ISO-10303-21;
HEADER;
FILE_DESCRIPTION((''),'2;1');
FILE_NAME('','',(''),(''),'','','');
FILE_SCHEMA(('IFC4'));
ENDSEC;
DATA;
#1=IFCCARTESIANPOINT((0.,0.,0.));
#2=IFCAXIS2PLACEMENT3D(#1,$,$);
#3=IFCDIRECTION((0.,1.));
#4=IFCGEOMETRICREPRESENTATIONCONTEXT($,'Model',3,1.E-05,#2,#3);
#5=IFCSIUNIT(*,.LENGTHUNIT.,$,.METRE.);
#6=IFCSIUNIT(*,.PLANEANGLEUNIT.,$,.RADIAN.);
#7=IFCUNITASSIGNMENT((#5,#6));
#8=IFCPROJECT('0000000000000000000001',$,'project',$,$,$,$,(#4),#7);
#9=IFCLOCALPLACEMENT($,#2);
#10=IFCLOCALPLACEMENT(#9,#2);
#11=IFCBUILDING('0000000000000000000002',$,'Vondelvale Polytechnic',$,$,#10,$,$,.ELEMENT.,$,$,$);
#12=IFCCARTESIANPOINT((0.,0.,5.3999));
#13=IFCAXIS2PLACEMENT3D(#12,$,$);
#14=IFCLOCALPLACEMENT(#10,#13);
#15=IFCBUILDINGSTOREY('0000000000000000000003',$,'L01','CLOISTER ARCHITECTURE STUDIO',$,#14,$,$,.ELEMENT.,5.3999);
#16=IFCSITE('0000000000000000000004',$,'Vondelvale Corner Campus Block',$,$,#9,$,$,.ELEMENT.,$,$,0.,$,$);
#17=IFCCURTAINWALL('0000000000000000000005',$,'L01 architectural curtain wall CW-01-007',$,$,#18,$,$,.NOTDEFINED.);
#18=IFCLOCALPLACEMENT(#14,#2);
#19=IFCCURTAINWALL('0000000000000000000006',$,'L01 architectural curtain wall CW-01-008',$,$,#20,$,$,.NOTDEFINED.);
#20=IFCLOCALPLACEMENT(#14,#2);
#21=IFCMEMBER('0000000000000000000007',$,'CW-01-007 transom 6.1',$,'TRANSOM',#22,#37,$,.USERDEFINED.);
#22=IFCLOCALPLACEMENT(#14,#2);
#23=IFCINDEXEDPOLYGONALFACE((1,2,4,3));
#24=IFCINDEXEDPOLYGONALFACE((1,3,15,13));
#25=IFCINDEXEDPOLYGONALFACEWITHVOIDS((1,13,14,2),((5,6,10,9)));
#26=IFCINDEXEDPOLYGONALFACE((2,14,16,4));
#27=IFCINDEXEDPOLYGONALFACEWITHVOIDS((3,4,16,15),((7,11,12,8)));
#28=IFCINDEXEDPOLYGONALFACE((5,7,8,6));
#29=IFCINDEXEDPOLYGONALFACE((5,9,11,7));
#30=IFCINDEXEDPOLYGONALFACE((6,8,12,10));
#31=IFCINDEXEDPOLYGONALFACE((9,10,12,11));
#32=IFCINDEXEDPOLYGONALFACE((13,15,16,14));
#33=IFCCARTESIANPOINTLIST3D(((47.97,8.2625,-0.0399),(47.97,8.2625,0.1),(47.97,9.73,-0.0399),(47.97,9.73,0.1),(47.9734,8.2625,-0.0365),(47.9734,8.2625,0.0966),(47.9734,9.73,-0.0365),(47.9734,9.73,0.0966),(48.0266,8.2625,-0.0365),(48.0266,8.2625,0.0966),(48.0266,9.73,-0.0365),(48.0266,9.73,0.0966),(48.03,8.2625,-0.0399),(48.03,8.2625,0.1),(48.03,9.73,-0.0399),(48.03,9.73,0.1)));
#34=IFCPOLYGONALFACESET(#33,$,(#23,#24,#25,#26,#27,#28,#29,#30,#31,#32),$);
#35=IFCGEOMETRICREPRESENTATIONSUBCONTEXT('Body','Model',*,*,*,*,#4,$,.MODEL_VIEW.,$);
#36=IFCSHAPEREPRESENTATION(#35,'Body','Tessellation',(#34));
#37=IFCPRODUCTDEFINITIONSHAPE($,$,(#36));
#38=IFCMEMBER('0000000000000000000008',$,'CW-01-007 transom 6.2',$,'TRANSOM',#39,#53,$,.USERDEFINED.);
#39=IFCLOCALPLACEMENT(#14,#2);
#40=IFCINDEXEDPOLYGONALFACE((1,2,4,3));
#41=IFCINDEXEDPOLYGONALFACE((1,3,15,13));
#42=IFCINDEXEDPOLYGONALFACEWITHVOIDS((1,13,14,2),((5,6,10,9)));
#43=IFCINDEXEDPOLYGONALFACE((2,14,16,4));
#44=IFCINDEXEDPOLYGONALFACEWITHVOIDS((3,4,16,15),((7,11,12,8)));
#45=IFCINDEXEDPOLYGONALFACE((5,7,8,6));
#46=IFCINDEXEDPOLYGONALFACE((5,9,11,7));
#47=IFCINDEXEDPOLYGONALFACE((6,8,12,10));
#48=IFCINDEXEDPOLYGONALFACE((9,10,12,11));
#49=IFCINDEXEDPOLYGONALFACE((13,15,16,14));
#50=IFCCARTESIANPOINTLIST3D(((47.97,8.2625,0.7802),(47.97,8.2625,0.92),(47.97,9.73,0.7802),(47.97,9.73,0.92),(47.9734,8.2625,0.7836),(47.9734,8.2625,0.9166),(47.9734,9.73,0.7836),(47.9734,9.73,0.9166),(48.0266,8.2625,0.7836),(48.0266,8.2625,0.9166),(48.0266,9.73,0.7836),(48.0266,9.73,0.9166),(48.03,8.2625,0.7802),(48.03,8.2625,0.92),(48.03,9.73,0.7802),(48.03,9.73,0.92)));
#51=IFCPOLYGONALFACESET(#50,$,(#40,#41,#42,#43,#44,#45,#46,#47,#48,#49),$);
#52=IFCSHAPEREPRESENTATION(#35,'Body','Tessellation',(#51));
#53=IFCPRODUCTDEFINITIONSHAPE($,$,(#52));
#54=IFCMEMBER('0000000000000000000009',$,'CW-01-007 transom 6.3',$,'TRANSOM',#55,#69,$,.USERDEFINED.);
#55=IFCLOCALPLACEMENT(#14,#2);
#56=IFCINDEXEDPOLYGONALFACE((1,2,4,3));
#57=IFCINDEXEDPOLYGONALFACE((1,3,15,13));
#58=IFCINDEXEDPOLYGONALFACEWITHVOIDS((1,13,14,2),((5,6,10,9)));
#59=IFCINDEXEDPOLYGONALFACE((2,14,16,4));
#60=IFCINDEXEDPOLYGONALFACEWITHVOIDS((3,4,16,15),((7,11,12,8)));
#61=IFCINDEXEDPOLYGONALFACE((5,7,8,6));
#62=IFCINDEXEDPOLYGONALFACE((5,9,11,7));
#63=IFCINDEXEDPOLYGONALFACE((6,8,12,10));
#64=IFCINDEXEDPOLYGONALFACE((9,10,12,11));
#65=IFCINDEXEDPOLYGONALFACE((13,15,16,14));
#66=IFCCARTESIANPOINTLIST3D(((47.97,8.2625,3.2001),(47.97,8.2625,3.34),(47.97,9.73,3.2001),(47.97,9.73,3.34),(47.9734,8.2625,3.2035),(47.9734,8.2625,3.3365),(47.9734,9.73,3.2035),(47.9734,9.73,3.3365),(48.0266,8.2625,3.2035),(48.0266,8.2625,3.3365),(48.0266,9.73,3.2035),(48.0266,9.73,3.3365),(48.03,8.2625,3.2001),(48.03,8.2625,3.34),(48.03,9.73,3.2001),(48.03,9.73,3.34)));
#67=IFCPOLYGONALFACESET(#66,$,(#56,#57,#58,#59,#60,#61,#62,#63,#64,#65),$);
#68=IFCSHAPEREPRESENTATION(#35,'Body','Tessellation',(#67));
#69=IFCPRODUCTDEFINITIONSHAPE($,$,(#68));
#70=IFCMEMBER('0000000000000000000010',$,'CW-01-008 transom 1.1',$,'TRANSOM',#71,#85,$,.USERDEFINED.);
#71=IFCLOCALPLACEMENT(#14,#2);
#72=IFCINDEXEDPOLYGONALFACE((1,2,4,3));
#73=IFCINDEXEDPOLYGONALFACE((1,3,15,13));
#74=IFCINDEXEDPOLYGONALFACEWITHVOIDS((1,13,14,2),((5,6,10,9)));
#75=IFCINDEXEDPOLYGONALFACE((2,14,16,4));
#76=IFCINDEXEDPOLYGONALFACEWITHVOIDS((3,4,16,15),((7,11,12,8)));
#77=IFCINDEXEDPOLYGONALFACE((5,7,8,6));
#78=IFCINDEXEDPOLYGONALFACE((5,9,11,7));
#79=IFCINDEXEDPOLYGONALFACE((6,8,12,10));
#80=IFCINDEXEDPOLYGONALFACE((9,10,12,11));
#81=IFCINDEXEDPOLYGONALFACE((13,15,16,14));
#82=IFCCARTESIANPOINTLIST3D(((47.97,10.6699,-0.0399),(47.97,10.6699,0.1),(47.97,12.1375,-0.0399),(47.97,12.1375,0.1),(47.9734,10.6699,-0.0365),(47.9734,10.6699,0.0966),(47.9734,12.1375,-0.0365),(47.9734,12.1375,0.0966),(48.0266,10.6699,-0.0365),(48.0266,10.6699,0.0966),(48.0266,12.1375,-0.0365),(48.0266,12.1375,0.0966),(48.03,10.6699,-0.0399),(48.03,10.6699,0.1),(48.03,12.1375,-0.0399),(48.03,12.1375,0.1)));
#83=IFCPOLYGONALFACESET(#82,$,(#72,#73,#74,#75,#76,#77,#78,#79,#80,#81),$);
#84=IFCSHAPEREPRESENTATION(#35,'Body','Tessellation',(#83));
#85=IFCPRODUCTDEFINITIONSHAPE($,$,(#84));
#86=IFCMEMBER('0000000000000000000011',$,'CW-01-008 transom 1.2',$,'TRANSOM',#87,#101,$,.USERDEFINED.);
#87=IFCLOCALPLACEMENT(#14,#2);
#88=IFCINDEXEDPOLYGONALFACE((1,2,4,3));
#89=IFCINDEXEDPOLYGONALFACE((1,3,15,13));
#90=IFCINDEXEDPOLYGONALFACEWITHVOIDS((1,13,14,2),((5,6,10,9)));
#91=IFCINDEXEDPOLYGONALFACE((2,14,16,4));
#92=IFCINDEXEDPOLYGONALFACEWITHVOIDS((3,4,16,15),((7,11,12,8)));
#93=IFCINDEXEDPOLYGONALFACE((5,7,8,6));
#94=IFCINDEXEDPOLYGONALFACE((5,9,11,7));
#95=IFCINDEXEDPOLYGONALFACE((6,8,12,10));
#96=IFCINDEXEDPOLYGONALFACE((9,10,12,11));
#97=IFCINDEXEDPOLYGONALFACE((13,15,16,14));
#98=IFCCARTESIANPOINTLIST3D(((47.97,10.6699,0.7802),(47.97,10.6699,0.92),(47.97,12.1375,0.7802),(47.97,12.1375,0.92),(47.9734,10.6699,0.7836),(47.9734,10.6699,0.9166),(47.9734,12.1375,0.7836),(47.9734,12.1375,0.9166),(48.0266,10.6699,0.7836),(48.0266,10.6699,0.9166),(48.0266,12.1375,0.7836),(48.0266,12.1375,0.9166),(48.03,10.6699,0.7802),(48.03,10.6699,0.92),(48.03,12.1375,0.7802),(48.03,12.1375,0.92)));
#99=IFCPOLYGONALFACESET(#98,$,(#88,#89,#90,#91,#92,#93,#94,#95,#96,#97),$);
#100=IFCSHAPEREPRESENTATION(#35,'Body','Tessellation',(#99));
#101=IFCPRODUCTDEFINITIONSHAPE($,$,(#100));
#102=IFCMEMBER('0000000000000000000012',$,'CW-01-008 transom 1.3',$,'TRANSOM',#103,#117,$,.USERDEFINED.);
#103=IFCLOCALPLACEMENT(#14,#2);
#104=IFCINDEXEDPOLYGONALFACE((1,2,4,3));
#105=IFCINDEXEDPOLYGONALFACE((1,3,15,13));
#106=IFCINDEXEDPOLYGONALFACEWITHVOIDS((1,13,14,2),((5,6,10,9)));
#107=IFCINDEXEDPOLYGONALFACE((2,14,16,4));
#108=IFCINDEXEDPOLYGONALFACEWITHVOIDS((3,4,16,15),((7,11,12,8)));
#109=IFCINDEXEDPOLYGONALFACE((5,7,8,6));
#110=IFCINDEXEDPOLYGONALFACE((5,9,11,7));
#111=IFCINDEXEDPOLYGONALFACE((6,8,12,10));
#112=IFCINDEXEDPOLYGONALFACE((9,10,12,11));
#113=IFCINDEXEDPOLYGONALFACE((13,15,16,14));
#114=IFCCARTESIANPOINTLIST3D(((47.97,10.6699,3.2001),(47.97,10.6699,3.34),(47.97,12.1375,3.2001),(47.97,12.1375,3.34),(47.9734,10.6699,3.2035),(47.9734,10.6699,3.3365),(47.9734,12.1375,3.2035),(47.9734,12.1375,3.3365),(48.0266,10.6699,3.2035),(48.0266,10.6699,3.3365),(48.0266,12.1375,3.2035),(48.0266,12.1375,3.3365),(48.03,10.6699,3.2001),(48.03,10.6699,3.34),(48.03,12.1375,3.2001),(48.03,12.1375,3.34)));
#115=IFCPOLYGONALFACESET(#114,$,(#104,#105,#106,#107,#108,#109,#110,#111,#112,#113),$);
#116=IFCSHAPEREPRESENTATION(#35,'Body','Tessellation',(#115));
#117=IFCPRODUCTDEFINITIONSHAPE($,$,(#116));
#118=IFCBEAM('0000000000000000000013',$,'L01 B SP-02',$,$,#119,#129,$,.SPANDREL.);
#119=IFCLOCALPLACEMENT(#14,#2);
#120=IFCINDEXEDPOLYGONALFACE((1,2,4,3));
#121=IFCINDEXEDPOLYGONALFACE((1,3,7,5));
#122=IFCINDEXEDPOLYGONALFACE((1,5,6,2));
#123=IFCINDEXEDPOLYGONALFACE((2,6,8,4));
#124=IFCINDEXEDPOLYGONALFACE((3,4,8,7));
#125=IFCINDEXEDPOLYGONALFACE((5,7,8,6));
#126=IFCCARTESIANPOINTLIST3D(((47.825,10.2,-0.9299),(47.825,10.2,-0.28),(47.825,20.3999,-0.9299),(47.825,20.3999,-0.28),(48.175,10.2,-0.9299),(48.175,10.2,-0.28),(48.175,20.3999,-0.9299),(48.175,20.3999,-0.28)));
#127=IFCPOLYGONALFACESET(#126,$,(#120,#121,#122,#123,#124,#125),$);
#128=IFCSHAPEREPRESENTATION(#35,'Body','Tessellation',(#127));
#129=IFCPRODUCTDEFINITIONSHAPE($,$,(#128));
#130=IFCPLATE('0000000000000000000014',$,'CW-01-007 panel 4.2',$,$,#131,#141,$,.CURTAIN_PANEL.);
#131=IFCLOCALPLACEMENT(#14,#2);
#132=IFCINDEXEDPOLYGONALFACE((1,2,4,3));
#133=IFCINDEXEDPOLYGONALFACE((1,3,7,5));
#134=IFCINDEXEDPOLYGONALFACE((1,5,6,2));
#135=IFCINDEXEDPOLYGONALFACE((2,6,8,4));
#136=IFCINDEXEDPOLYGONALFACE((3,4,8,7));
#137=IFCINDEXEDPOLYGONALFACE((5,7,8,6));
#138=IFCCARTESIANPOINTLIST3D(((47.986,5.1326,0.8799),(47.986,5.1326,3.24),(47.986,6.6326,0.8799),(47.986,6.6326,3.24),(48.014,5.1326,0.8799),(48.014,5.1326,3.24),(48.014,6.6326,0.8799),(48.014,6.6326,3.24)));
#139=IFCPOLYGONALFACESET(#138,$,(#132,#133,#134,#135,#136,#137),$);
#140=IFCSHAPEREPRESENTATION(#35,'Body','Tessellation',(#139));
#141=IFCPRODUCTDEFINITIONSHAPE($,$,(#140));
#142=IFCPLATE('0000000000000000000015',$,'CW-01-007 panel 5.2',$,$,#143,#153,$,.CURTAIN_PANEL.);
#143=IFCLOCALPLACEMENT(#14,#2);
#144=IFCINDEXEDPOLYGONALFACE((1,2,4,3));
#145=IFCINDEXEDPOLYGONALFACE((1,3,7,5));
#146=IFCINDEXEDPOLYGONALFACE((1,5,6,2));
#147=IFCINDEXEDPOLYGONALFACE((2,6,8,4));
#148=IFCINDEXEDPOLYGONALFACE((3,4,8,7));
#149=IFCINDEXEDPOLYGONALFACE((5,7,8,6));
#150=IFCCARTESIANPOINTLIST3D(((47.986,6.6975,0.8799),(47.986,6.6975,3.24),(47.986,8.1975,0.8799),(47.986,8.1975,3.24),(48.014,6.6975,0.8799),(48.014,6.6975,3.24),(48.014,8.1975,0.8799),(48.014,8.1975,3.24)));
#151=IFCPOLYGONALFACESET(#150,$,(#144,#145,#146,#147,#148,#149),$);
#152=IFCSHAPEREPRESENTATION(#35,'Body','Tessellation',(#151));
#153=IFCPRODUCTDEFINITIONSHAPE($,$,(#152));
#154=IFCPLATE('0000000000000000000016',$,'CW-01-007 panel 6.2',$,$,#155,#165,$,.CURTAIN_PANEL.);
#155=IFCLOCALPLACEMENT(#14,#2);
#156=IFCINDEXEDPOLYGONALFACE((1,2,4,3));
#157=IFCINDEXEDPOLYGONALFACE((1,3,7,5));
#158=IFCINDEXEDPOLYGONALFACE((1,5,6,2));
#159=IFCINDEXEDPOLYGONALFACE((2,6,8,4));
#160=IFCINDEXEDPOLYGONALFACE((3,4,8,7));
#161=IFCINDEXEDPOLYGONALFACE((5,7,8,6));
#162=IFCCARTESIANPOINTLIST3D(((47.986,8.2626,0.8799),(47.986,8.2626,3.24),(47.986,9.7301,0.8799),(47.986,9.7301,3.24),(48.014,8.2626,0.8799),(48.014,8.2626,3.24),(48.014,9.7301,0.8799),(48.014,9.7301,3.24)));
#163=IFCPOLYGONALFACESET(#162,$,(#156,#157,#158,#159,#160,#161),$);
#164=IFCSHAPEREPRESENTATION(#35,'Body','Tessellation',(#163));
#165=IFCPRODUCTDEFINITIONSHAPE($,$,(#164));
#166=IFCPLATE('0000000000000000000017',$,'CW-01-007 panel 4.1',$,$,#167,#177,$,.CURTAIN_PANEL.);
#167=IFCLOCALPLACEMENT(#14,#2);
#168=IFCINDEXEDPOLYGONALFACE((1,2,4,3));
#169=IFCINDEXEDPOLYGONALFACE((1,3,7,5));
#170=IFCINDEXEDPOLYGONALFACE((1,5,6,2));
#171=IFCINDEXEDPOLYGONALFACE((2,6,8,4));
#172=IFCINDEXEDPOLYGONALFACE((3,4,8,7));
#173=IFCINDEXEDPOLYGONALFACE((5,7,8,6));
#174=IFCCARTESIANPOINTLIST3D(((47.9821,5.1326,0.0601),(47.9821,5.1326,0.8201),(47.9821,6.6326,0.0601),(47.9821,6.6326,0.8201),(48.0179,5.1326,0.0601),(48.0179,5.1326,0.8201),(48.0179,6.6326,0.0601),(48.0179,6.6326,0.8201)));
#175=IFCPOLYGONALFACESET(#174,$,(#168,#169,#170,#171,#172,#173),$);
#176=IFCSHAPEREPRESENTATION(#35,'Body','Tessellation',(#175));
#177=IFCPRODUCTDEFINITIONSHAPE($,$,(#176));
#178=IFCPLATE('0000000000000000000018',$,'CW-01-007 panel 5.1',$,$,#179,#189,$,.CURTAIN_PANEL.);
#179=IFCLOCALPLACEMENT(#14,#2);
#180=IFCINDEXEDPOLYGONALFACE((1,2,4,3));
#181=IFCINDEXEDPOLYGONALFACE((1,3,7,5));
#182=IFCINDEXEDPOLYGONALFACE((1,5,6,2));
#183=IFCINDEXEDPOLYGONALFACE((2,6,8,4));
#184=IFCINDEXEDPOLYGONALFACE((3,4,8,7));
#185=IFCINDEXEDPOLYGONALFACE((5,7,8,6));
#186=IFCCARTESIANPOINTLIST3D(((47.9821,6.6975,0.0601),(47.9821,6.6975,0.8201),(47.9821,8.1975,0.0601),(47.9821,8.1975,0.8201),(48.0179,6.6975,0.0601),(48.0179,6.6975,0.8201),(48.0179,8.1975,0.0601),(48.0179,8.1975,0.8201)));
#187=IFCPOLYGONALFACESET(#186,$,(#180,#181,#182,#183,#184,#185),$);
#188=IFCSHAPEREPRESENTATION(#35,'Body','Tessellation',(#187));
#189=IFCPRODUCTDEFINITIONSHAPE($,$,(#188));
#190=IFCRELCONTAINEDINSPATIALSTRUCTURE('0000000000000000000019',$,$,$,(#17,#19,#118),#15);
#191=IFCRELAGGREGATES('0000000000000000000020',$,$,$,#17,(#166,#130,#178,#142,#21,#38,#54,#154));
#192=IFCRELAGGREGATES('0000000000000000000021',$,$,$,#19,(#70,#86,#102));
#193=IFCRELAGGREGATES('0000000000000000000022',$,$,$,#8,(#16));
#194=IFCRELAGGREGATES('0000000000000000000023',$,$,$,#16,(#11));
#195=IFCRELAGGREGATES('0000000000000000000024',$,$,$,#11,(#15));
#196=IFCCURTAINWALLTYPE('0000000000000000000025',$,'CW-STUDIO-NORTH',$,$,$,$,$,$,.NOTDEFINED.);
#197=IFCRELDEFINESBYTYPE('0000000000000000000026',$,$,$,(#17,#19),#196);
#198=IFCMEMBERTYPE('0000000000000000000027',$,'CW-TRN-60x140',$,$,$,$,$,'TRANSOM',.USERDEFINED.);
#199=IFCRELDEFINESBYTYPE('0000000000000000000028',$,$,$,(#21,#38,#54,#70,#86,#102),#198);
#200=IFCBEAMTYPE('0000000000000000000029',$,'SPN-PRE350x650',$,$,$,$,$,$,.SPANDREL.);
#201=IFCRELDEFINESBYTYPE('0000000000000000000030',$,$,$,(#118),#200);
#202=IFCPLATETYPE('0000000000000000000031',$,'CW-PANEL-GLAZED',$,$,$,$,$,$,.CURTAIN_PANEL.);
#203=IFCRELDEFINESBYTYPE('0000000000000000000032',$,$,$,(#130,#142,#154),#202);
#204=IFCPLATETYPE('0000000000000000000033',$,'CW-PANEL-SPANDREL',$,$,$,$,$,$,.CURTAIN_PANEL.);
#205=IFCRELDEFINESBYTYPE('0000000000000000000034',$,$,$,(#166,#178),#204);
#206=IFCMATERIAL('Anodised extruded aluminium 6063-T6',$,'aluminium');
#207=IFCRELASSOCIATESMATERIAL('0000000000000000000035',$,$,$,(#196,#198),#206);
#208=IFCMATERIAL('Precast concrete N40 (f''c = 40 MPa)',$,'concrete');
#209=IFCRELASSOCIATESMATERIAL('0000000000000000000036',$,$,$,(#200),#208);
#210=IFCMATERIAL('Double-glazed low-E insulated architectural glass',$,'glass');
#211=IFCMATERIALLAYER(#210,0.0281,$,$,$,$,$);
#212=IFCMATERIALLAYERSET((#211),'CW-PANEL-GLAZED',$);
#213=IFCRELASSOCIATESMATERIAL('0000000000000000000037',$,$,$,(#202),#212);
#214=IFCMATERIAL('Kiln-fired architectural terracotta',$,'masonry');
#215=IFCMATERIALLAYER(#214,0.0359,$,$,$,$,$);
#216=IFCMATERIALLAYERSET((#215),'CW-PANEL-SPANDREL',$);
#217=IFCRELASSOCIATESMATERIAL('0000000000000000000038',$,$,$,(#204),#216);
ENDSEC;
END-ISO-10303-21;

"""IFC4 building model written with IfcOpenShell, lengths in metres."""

from ifc_helpers import new_model, si_unit, direction, frame, origin, origin_2d, place, context, subcontext, project, spatial, rectangle, hollow_rectangle, extrude, material, layer, layer_set, material_profile, profile_set, type_object, element, aggregate, save


model = new_model("IFC4")

# Units and contexts
model_context = context("Model", 3, precision=1e-05, world=origin(), true_north=direction((0.0, 1.0)))
body_context = subcontext(model_context, "Body", "Model", "MODEL_VIEW")
ifc_project = project(units=[si_unit("LENGTHUNIT", "METRE"), si_unit("PLANEANGLEUNIT", "RADIAN")], contexts=[model_context])

# Site, building, storey
site_placement = place(None, origin())
site = spatial("IfcSite", under=ifc_project, at=site_placement, Name="Vondelvale Corner Campus Block", CompositionType="ELEMENT", RefElevation=0.0)
building_placement = place(site_placement, origin())
building = spatial("IfcBuilding", under=site, at=building_placement, Name="Vondelvale Polytechnic", CompositionType="ELEMENT")
storey_placement = place(building_placement, frame((0.0, 0.0, 5.3999)))
storey = spatial("IfcBuildingStorey", under=building, at=storey_placement, Name="L01", Description="CLOISTER ARCHITECTURE STUDIO", CompositionType="ELEMENT", Elevation=5.3999)

# Curtain wall
ifc_material_1 = material(Name="Anodised extruded aluminium 6063-T6", Category="aluminium")
curtain_wall_type = type_object("IfcCurtainWallType", Name="CW-STUDIO-NORTH", PredefinedType="NOTDEFINED", material=ifc_material_1)
curtain_wall_1_placement = place(storey_placement, origin())
curtain_wall_1 = element("IfcCurtainWall", 1, at=curtain_wall_1_placement, inside=storey, type_object=curtain_wall_type, Name="L01 architectural curtain wall CW-01-007", PredefinedType="NOTDEFINED")

# Curtain wall
curtain_wall_2_placement = place(storey_placement, origin())
curtain_wall_2 = element("IfcCurtainWall", 2, at=curtain_wall_2_placement, inside=storey, type_object=curtain_wall_type, Name="L01 architectural curtain wall CW-01-008", PredefinedType="NOTDEFINED")

# Members
ifc_material_profile_1 = material_profile(ifc_material_1, hollow_rectangle(XDim=0.0601, YDim=0.1399, WallThickness=0.0034, at=origin_2d()), Name="CW-TRN-140x60")
ifc_profile_set_1 = profile_set([ifc_material_profile_1], Name="Anodised extruded aluminium 6063-T6")
member_type_1 = type_object("IfcMemberType", Name="CW-TRN-60x140", ElementType="TRANSOM", PredefinedType="USERDEFINED", material=ifc_profile_set_1)
member_1_placement = place(storey_placement, frame((48.0, 8.2625, 0.03), z_axis=(0.0, 1.0, 0.0), x_axis=(-1.0, 0.0, 0.0)))
member_1 = element("IfcMember", 3, at=member_1_placement, type_object=member_type_1, Name="CW-01-007 transom 6.1", ObjectType="TRANSOM", PredefinedType="USERDEFINED", context=body_context, shape_type="SweptSolid", body=[
    extrude(hollow_rectangle(XDim=0.0601, YDim=0.1399, WallThickness=0.0034, at=origin_2d()), origin(), (0.0, 0.0, 1.0), 1.4675),
])
member_2_placement = place(storey_placement, frame((48.0, 8.2625, 0.8501), z_axis=(0.0, 1.0, 0.0), x_axis=(-1.0, 0.0, 0.0)))
member_2 = element("IfcMember", 4, at=member_2_placement, type_object=member_type_1, Name="CW-01-007 transom 6.2", ObjectType="TRANSOM", PredefinedType="USERDEFINED", context=body_context, shape_type="SweptSolid", body=[
    extrude(hollow_rectangle(XDim=0.0601, YDim=0.1399, WallThickness=0.0034, at=origin_2d()), origin(), (0.0, 0.0, 1.0), 1.4675),
])
member_3_placement = place(storey_placement, frame((48.0, 8.2625, 3.27), z_axis=(0.0, 1.0, 0.0), x_axis=(-1.0, 0.0, 0.0)))
member_3 = element("IfcMember", 5, at=member_3_placement, type_object=member_type_1, Name="CW-01-007 transom 6.3", ObjectType="TRANSOM", PredefinedType="USERDEFINED", context=body_context, shape_type="SweptSolid", body=[
    extrude(hollow_rectangle(XDim=0.0601, YDim=0.1399, WallThickness=0.0034, at=origin_2d()), origin(), (0.0, 0.0, 1.0), 1.4675),
])
member_4_placement = place(storey_placement, frame((48.0, 10.6699, 0.03), z_axis=(0.0, 1.0, 0.0), x_axis=(-1.0, 0.0, 0.0)))
member_4 = element("IfcMember", 6, at=member_4_placement, type_object=member_type_1, Name="CW-01-008 transom 1.1", ObjectType="TRANSOM", PredefinedType="USERDEFINED", context=body_context, shape_type="SweptSolid", body=[
    extrude(hollow_rectangle(XDim=0.0601, YDim=0.1399, WallThickness=0.0034, at=origin_2d()), origin(), (0.0, 0.0, 1.0), 1.4675),
])
member_5_placement = place(storey_placement, frame((48.0, 10.6699, 0.8501), z_axis=(0.0, 1.0, 0.0), x_axis=(-1.0, 0.0, 0.0)))
member_5 = element("IfcMember", 7, at=member_5_placement, type_object=member_type_1, Name="CW-01-008 transom 1.2", ObjectType="TRANSOM", PredefinedType="USERDEFINED", context=body_context, shape_type="SweptSolid", body=[
    extrude(hollow_rectangle(XDim=0.0601, YDim=0.1399, WallThickness=0.0034, at=origin_2d()), origin(), (0.0, 0.0, 1.0), 1.4675),
])
member_6_placement = place(storey_placement, frame((48.0, 10.6699, 3.27), z_axis=(0.0, 1.0, 0.0), x_axis=(-1.0, 0.0, 0.0)))
member_6 = element("IfcMember", 8, at=member_6_placement, type_object=member_type_1, Name="CW-01-008 transom 1.3", ObjectType="TRANSOM", PredefinedType="USERDEFINED", context=body_context, shape_type="SweptSolid", body=[
    extrude(hollow_rectangle(XDim=0.0601, YDim=0.1399, WallThickness=0.0034, at=origin_2d()), origin(), (0.0, 0.0, 1.0), 1.4675),
])

# Beam
ifc_material_2 = material(Name="Precast concrete N40 (f'c = 40 MPa)", Category="concrete")
ifc_material_profile_2 = material_profile(ifc_material_2, rectangle(XDim=0.3501, YDim=0.6499, at=origin_2d()), Name="RC-SPN-350x650")
ifc_profile_set_2 = profile_set([ifc_material_profile_2], Name="Precast concrete N40 (f'c = 40 MPa)")
beam_type = type_object("IfcBeamType", Name="SPN-PRE350x650", PredefinedType="SPANDREL", material=ifc_profile_set_2)
beam_placement = place(storey_placement, frame((48.0, 10.2, -0.605), z_axis=(0.0, 1.0, 0.0), x_axis=(-1.0, 0.0, 0.0)))
element("IfcBeam", 9, at=beam_placement, inside=storey, type_object=beam_type, Name="L01 B SP-02", PredefinedType="SPANDREL", context=body_context, shape_type="SweptSolid", body=[
    extrude(rectangle(XDim=0.3501, YDim=0.6499, at=origin_2d()), origin(), (0.0, 0.0, 1.0), 10.2),
])

# Plates
ifc_material_3 = material(Name="Double-glazed low-E insulated architectural glass", Category="glass")
ifc_layer_1 = layer(ifc_material_3, 0.0281)
ifc_layer_set_1 = layer_set([ifc_layer_1], Name="CW-PANEL-GLAZED")
plate_type_1 = type_object("IfcPlateType", Name="CW-PANEL-GLAZED", PredefinedType="CURTAIN_PANEL", material=ifc_layer_set_1)
plate_1_placement = place(storey_placement, frame((48.0, 5.8826, 0.8799), z_axis=(0.0, 0.0, 1.0), x_axis=(0.0, 1.0, 0.0)))
plate_1 = element("IfcPlate", 10, at=plate_1_placement, type_object=plate_type_1, Name="CW-01-007 panel 4.2", PredefinedType="CURTAIN_PANEL", context=body_context, shape_type="SweptSolid", body=[
    extrude(rectangle(XDim=1.5, YDim=0.0281, at=origin_2d()), origin(), (0.0, 0.0, 1.0), 2.3601),
])
plate_2_placement = place(storey_placement, frame((48.0, 7.4475, 0.8799), z_axis=(0.0, 0.0, 1.0), x_axis=(0.0, 1.0, 0.0)))
plate_2 = element("IfcPlate", 11, at=plate_2_placement, type_object=plate_type_1, Name="CW-01-007 panel 5.2", PredefinedType="CURTAIN_PANEL", context=body_context, shape_type="SweptSolid", body=[
    extrude(rectangle(XDim=1.5, YDim=0.0281, at=origin_2d()), origin(), (0.0, 0.0, 1.0), 2.3601),
])
plate_3_placement = place(storey_placement, frame((48.0, 8.9963, 0.8799), z_axis=(0.0, 0.0, 1.0), x_axis=(0.0, 1.0, 0.0)))
plate_3 = element("IfcPlate", 12, at=plate_3_placement, type_object=plate_type_1, Name="CW-01-007 panel 6.2", PredefinedType="CURTAIN_PANEL", context=body_context, shape_type="SweptSolid", body=[
    extrude(rectangle(XDim=1.4675, YDim=0.0281, at=origin_2d()), origin(), (0.0, 0.0, 1.0), 2.3601),
])
ifc_material_4 = material(Name="Kiln-fired architectural terracotta", Category="masonry")
ifc_layer_2 = layer(ifc_material_4, 0.0359)
ifc_layer_set_2 = layer_set([ifc_layer_2], Name="CW-PANEL-SPANDREL")
plate_type_2 = type_object("IfcPlateType", Name="CW-PANEL-SPANDREL", PredefinedType="CURTAIN_PANEL", material=ifc_layer_set_2)
plate_4_placement = place(storey_placement, frame((48.0, 5.8826, 0.0601), z_axis=(0.0, 0.0, 1.0), x_axis=(0.0, 1.0, 0.0)))
plate_4 = element("IfcPlate", 13, at=plate_4_placement, type_object=plate_type_2, Name="CW-01-007 panel 4.1", PredefinedType="CURTAIN_PANEL", context=body_context, shape_type="SweptSolid", body=[
    extrude(rectangle(XDim=1.5, YDim=0.0359, at=origin_2d()), origin(), (0.0, 0.0, 1.0), 0.76),
])
plate_5_placement = place(storey_placement, frame((48.0, 7.4475, 0.0601), z_axis=(0.0, 0.0, 1.0), x_axis=(0.0, 1.0, 0.0)))
plate_5 = element("IfcPlate", 14, at=plate_5_placement, type_object=plate_type_2, Name="CW-01-007 panel 5.1", PredefinedType="CURTAIN_PANEL", context=body_context, shape_type="SweptSolid", body=[
    extrude(rectangle(XDim=1.5, YDim=0.0359, at=origin_2d()), origin(), (0.0, 0.0, 1.0), 0.76),
])
aggregate(curtain_wall_1, [plate_4, plate_1, plate_5, plate_2, member_1, member_2, member_3, plate_3])
aggregate(curtain_wall_2, [member_4, member_5, member_6])

save(model, "model.ifc")
